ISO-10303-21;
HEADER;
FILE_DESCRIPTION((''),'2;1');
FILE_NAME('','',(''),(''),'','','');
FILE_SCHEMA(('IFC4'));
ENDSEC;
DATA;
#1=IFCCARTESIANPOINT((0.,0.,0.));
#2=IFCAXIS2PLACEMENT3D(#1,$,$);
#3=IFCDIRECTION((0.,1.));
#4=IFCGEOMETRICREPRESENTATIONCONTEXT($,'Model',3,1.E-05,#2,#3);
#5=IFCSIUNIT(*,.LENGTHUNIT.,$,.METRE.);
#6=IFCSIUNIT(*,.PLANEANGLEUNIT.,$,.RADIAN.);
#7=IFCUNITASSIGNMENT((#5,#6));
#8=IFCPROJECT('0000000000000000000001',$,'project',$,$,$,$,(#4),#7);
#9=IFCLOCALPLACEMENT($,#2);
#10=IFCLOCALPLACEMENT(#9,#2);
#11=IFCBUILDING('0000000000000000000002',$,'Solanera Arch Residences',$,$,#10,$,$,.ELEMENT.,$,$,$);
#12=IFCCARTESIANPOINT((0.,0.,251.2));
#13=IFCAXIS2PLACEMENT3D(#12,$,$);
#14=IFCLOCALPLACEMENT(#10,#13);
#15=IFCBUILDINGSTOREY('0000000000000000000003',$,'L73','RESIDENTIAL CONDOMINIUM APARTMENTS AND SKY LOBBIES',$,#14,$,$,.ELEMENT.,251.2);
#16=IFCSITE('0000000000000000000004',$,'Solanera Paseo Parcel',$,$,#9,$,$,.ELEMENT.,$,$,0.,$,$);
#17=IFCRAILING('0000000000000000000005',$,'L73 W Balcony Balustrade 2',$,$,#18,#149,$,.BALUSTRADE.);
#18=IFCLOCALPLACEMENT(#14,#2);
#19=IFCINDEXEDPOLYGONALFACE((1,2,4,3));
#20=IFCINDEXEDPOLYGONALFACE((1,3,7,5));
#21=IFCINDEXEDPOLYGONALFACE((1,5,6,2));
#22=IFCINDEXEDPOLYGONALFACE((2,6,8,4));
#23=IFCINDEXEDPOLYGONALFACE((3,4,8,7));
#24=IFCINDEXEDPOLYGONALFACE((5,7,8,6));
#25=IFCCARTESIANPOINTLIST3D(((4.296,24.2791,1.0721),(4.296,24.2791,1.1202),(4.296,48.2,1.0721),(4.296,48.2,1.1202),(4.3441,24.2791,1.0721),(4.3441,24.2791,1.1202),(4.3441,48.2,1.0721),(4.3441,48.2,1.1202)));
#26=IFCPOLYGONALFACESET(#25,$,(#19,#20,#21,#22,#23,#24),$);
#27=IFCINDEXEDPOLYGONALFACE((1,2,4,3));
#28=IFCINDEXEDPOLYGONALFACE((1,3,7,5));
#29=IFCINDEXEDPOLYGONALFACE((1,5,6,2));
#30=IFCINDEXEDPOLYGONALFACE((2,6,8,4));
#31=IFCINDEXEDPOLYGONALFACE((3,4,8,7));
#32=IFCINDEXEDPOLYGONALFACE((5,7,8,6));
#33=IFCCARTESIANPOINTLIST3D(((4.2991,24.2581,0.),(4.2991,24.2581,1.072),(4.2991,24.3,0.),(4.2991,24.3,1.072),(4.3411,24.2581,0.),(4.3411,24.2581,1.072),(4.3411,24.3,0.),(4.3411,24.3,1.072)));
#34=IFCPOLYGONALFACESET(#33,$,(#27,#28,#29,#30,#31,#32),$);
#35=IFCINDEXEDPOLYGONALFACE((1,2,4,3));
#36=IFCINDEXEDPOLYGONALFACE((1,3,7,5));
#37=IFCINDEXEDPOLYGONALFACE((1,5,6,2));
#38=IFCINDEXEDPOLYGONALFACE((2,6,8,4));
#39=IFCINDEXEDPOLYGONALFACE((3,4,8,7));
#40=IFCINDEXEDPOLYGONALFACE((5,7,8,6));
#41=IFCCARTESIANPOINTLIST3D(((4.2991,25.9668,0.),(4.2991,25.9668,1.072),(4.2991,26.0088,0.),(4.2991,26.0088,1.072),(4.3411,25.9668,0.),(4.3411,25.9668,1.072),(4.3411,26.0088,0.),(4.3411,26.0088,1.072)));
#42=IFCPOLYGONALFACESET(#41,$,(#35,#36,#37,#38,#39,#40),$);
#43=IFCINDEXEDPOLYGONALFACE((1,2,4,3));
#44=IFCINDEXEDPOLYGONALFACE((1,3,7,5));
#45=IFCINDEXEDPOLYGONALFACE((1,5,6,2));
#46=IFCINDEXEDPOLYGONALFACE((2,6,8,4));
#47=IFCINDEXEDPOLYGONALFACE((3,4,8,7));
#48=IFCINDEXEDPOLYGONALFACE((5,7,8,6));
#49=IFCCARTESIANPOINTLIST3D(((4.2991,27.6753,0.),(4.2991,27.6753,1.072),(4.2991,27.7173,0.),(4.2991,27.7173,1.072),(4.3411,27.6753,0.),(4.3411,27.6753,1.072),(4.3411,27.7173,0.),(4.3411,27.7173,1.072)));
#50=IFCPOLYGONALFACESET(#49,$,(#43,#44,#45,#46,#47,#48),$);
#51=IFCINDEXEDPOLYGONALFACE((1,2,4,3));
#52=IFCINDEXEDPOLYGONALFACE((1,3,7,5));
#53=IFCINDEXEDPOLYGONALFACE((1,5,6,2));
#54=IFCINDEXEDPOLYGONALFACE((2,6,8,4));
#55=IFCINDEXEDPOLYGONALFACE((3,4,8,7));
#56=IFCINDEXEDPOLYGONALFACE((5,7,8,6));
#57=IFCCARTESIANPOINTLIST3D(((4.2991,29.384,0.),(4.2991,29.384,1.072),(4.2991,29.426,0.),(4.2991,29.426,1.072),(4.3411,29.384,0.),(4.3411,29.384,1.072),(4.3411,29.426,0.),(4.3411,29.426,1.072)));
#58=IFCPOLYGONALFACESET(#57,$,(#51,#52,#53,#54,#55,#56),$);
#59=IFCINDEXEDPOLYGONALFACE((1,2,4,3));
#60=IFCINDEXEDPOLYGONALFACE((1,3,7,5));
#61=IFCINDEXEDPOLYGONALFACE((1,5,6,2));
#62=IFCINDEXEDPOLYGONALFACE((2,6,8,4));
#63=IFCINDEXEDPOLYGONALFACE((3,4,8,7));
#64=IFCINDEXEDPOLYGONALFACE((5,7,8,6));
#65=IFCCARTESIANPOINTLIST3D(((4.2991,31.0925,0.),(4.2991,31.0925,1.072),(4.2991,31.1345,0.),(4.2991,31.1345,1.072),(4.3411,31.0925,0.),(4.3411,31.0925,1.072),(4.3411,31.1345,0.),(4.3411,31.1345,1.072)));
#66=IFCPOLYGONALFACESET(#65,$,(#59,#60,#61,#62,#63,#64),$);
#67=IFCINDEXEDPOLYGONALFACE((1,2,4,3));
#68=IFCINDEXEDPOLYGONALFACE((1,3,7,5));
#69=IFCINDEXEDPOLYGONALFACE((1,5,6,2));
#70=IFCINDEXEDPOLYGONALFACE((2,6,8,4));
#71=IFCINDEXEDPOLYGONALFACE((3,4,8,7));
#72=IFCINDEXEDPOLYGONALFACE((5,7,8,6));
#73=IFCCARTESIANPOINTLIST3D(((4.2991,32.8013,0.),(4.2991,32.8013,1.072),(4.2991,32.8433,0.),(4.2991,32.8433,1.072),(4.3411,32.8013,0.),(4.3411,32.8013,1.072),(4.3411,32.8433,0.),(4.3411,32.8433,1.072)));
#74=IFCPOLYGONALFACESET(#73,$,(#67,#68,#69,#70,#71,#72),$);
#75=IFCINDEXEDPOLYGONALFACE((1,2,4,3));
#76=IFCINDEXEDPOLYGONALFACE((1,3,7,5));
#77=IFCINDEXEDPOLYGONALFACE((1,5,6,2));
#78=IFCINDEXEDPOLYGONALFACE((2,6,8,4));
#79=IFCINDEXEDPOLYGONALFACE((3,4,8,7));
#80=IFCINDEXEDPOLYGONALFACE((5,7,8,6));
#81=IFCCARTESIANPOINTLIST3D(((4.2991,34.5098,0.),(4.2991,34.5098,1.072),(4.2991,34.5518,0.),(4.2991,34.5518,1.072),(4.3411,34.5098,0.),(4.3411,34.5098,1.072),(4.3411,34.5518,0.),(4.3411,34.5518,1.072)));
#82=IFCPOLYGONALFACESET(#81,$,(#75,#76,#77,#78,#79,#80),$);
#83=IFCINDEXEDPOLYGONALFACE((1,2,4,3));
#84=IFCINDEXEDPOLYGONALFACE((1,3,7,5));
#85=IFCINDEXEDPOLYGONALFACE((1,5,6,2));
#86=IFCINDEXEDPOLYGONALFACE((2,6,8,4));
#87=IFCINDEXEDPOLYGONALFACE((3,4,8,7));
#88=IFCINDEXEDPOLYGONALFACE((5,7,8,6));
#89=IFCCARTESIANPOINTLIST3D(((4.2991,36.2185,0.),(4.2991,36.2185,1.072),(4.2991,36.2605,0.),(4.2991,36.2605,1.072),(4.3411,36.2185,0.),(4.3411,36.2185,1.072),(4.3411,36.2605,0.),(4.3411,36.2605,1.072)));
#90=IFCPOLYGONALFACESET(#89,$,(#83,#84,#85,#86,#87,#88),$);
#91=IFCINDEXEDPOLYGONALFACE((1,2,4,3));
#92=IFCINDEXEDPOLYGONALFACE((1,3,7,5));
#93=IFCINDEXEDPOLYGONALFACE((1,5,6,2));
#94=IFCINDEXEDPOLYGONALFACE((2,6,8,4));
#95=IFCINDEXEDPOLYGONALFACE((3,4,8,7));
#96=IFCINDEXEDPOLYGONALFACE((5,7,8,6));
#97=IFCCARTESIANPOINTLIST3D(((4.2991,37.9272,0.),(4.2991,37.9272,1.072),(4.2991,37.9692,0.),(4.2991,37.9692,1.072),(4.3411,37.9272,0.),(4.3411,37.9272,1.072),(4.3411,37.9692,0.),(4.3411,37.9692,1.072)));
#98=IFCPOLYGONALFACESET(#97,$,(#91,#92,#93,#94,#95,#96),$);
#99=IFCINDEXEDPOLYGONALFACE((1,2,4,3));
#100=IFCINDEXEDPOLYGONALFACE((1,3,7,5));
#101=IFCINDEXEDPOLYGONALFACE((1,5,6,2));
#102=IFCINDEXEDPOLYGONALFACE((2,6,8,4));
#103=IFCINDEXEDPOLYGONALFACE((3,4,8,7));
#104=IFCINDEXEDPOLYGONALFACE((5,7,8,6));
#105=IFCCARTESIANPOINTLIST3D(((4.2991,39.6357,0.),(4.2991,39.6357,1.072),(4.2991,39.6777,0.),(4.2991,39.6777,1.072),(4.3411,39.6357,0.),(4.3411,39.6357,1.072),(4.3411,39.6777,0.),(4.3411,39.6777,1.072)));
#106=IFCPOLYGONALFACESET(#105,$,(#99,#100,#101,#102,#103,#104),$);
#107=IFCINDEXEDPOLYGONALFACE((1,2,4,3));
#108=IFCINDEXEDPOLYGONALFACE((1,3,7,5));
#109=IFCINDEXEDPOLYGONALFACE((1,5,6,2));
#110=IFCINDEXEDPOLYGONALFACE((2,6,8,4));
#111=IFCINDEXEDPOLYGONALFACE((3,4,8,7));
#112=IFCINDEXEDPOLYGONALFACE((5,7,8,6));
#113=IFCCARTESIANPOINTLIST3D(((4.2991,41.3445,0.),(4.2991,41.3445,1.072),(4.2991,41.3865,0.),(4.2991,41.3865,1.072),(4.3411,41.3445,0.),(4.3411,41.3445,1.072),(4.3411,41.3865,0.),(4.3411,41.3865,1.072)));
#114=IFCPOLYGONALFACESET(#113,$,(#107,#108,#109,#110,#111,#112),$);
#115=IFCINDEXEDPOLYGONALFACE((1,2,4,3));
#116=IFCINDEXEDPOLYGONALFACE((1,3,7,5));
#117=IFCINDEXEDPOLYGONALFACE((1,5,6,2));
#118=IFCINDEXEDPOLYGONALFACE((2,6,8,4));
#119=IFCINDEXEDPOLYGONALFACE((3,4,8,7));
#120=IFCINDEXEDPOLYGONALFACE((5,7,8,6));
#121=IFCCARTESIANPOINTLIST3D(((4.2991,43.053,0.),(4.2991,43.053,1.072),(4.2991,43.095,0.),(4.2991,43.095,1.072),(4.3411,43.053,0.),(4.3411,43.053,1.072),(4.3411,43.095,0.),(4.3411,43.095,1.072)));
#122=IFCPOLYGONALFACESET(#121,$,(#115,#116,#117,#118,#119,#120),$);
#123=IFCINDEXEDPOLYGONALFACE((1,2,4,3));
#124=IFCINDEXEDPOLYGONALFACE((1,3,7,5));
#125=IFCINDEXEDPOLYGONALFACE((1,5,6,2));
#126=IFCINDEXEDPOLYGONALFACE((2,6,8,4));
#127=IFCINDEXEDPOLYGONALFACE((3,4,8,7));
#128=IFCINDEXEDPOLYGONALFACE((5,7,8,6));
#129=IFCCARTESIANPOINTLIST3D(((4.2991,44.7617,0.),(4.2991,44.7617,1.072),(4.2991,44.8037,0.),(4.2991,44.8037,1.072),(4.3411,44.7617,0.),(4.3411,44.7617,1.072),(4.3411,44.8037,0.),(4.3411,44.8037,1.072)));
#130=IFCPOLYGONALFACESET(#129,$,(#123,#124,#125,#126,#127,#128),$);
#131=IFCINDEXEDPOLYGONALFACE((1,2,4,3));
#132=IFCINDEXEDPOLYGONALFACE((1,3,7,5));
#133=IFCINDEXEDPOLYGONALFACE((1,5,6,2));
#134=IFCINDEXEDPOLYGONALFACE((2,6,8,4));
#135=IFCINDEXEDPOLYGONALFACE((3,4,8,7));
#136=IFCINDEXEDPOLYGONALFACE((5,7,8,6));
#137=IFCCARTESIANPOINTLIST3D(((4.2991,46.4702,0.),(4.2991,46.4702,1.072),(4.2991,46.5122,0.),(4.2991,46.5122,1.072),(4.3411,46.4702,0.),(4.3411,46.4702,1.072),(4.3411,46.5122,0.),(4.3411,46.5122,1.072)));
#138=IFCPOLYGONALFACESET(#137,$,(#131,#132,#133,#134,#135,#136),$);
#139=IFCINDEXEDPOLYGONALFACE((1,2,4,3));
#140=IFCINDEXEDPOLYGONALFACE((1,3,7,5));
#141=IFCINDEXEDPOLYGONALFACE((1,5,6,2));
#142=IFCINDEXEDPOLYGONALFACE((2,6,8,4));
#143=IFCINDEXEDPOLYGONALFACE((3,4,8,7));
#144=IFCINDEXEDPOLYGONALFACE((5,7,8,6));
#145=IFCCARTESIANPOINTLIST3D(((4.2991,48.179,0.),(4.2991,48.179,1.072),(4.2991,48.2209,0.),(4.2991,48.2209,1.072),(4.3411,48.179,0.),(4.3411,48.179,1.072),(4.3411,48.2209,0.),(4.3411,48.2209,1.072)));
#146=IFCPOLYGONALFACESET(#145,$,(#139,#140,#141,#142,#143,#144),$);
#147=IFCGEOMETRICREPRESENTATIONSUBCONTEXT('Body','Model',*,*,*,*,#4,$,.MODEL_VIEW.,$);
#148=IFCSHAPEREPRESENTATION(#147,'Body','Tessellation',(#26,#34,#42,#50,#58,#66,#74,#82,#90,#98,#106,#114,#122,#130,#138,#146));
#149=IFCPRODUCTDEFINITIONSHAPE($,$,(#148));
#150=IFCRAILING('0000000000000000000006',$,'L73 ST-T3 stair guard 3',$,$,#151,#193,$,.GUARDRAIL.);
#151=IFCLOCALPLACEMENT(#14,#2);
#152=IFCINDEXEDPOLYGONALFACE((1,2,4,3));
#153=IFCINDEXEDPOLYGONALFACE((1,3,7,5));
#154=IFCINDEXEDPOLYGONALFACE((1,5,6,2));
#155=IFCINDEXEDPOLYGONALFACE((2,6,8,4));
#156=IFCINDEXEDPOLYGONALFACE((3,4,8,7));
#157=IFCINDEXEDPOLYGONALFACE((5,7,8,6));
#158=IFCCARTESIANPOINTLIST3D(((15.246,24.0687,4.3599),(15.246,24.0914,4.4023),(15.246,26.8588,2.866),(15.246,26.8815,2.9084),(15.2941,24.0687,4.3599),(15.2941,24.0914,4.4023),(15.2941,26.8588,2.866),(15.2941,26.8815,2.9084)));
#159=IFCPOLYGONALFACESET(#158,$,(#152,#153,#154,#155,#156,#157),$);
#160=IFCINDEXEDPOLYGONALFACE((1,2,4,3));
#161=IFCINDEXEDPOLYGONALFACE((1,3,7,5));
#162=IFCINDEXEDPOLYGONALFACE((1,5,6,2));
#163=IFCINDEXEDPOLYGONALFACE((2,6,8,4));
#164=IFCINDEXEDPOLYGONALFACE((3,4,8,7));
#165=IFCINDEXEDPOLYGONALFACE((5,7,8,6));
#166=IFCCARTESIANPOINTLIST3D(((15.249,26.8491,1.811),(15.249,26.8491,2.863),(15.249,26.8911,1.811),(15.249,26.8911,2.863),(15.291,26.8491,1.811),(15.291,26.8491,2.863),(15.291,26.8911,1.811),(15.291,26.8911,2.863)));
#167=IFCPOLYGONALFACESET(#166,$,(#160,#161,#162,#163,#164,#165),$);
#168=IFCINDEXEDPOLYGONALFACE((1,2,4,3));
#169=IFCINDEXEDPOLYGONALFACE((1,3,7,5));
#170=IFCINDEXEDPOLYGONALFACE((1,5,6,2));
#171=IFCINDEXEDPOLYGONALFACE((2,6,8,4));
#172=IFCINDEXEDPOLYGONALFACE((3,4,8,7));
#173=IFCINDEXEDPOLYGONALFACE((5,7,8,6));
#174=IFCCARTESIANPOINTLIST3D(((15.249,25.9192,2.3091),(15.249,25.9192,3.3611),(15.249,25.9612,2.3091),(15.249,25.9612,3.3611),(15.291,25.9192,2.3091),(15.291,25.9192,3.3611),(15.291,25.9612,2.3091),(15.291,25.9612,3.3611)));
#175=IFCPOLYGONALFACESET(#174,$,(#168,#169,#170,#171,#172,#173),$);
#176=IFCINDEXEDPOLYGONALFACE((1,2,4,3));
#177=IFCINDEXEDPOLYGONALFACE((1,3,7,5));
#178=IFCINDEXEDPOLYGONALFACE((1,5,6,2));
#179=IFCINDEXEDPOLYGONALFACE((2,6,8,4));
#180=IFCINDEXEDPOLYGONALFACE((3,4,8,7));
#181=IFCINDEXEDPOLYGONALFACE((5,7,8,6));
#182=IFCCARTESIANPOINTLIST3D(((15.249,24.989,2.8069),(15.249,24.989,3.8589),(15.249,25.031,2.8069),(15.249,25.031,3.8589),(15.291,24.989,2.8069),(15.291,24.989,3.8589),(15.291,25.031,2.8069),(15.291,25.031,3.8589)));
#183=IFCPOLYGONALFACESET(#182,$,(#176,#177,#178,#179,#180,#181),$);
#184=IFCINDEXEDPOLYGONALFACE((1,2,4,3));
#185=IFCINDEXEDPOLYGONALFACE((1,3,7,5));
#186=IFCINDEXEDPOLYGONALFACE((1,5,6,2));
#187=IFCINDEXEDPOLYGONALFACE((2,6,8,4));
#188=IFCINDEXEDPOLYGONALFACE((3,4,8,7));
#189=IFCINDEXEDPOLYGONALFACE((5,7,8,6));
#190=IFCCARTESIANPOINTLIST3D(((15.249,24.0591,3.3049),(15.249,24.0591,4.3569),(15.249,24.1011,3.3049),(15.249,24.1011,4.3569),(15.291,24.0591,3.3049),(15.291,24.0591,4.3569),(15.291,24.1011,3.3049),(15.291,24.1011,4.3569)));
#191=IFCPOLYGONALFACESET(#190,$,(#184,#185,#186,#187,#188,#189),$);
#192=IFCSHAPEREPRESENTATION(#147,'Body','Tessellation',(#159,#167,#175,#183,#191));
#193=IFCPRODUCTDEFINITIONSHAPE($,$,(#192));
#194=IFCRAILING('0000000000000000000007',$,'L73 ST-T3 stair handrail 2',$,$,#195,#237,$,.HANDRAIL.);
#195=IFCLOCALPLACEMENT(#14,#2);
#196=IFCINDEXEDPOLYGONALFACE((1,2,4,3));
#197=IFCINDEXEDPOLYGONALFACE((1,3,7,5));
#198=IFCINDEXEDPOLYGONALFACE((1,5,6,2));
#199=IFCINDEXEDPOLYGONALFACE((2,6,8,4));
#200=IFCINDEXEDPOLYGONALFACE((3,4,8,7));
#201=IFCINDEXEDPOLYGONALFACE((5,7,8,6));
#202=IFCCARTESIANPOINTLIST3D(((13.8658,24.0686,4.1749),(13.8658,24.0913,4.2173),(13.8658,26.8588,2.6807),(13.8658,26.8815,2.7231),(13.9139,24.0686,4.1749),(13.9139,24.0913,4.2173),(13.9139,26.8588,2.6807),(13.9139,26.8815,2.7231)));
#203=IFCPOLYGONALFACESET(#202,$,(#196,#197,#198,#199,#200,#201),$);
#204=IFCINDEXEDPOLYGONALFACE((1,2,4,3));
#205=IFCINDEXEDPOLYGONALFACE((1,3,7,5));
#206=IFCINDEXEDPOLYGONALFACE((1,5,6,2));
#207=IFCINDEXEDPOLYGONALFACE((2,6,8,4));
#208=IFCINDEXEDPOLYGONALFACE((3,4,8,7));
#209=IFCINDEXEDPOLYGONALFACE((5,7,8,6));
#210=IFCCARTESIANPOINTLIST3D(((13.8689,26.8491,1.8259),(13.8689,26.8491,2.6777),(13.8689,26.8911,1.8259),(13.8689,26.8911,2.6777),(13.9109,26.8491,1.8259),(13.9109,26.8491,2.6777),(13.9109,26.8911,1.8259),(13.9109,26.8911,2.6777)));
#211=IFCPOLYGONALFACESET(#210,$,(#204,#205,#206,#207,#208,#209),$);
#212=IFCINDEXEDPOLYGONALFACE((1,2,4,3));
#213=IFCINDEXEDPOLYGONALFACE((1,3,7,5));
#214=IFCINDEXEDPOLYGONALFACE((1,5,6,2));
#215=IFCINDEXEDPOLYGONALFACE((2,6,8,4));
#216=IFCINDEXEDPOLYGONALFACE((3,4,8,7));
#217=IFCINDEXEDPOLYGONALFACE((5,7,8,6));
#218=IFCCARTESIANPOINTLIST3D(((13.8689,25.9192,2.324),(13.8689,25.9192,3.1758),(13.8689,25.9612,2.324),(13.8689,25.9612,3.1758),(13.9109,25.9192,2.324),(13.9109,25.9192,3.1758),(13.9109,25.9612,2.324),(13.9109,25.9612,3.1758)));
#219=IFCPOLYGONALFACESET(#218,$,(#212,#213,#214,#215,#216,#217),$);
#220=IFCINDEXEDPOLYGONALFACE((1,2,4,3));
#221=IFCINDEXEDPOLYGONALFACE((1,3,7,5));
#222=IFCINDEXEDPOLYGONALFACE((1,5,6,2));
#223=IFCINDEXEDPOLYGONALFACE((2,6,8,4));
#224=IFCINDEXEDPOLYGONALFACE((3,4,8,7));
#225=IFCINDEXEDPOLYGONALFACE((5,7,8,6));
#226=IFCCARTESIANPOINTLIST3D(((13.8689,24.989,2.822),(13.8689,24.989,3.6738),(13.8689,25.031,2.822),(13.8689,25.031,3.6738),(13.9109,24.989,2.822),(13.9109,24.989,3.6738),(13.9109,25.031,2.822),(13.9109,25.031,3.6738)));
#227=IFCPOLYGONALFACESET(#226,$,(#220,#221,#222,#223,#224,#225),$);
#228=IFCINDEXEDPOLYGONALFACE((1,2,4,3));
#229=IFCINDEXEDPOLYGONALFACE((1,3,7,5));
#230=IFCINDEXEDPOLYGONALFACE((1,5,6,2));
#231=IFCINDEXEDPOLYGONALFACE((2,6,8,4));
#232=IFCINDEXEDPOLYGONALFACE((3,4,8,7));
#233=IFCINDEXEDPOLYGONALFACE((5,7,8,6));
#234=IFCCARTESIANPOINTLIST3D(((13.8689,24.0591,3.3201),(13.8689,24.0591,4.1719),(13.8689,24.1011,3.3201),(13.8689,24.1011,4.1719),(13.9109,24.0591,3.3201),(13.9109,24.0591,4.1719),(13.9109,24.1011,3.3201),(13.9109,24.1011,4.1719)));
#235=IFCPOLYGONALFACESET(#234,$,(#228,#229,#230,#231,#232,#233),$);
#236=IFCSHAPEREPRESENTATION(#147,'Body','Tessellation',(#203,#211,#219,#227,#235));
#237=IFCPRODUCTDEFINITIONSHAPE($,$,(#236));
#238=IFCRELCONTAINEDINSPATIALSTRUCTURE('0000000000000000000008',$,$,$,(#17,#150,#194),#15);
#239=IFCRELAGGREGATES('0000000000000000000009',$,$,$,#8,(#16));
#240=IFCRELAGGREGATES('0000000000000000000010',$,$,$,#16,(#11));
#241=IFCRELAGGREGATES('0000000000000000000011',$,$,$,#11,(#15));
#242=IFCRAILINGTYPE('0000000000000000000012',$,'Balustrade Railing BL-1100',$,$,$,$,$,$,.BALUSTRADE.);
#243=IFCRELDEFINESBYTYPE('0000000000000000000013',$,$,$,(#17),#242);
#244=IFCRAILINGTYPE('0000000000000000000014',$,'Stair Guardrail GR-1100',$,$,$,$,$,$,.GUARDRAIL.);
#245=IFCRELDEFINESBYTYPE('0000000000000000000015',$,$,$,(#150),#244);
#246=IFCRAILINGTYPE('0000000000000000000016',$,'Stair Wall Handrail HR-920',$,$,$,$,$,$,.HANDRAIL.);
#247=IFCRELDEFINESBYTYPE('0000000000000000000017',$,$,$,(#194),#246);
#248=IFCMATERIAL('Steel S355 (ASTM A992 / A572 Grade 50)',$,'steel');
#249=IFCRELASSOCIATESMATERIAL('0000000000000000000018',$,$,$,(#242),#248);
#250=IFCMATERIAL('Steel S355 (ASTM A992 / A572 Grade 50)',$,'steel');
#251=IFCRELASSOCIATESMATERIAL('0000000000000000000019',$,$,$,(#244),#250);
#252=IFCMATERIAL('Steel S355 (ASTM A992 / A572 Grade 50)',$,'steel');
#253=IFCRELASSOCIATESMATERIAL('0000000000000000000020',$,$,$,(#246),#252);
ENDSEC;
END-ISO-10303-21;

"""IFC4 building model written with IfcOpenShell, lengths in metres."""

from ifc_helpers import new_model, si_unit, direction, frame, origin, origin_2d, place, context, subcontext, project, spatial, rectangle, extrude, material, type_object, element, save


model = new_model("IFC4")

# Units and contexts
model_context = context("Model", 3, precision=1e-05, world=origin(), true_north=direction((0.0, 1.0)))
body_context = subcontext(model_context, "Body", "Model", "MODEL_VIEW")
ifc_project = project(units=[si_unit("LENGTHUNIT", "METRE"), si_unit("PLANEANGLEUNIT", "RADIAN")], contexts=[model_context])

# Site, building, storey
site_placement = place(None, origin())
site = spatial("IfcSite", under=ifc_project, at=site_placement, Name="Solanera Paseo Parcel", CompositionType="ELEMENT", RefElevation=0.0)
building_placement = place(site_placement, origin())
building = spatial("IfcBuilding", under=site, at=building_placement, Name="Solanera Arch Residences", CompositionType="ELEMENT")
storey_placement = place(building_placement, frame((0.0, 0.0, 251.2)))
storey = spatial("IfcBuildingStorey", under=building, at=storey_placement, Name="L73", Description="RESIDENTIAL CONDOMINIUM APARTMENTS AND SKY LOBBIES", CompositionType="ELEMENT", Elevation=251.2)

# Railings
ifc_material_1 = material(Name="Steel S355 (ASTM A992 / A572 Grade 50)", Category="steel")
railing_type_1 = type_object("IfcRailingType", Name="Balustrade Railing BL-1100", PredefinedType="BALUSTRADE", material=ifc_material_1)
railing_1_placement = place(storey_placement, frame((4.3201, 24.2791, 0.0)))
element("IfcRailing", 1, at=railing_1_placement, inside=storey, type_object=railing_type_1, Name="L73 W Balcony Balustrade 2", PredefinedType="BALUSTRADE", context=body_context, shape_type="SweptSolid", body=[
    extrude(rectangle(XDim=0.0481, YDim=0.0481, at=origin_2d()), frame((0.0, 0.0, 1.0962), z_axis=(0.0, 1.0, 0.0), x_axis=(-1.0, 0.0, 0.0)), (0.0, 0.0, 1.0), 23.9209),
    extrude(rectangle(XDim=0.042, YDim=0.042, at=origin_2d()), origin(), (0.0, 0.0, 1.0), 1.072),
    extrude(rectangle(XDim=0.042, YDim=0.042, at=origin_2d()), frame((0.0, 1.7087, 0.0)), (0.0, 0.0, 1.0), 1.072),
    extrude(rectangle(XDim=0.042, YDim=0.042, at=origin_2d()), frame((0.0, 3.4172, 0.0)), (0.0, 0.0, 1.0), 1.072),
    extrude(rectangle(XDim=0.042, YDim=0.042, at=origin_2d()), frame((0.0, 5.126, 0.0)), (0.0, 0.0, 1.0), 1.072),
    extrude(rectangle(XDim=0.042, YDim=0.042, at=origin_2d()), frame((0.0, 6.8345, 0.0)), (0.0, 0.0, 1.0), 1.072),
    extrude(rectangle(XDim=0.042, YDim=0.042, at=origin_2d()), frame((0.0, 8.5432, 0.0)), (0.0, 0.0, 1.0), 1.072),
    extrude(rectangle(XDim=0.042, YDim=0.042, at=origin_2d()), frame((0.0, 10.2517, 0.0)), (0.0, 0.0, 1.0), 1.072),
    extrude(rectangle(XDim=0.042, YDim=0.042, at=origin_2d()), frame((0.0, 11.9604, 0.0)), (0.0, 0.0, 1.0), 1.072),
    extrude(rectangle(XDim=0.042, YDim=0.042, at=origin_2d()), frame((0.0, 13.6692, 0.0)), (0.0, 0.0, 1.0), 1.072),
    extrude(rectangle(XDim=0.042, YDim=0.042, at=origin_2d()), frame((0.0, 15.3777, 0.0)), (0.0, 0.0, 1.0), 1.072),
    extrude(rectangle(XDim=0.042, YDim=0.042, at=origin_2d()), frame((0.0, 17.0864, 0.0)), (0.0, 0.0, 1.0), 1.072),
    extrude(rectangle(XDim=0.042, YDim=0.042, at=origin_2d()), frame((0.0, 18.7949, 0.0)), (0.0, 0.0, 1.0), 1.072),
    extrude(rectangle(XDim=0.042, YDim=0.042, at=origin_2d()), frame((0.0, 20.5037, 0.0)), (0.0, 0.0, 1.0), 1.072),
    extrude(rectangle(XDim=0.042, YDim=0.042, at=origin_2d()), frame((0.0, 22.2122, 0.0)), (0.0, 0.0, 1.0), 1.072),
    extrude(rectangle(XDim=0.042, YDim=0.042, at=origin_2d()), frame((0.0, 23.9209, 0.0)), (0.0, 0.0, 1.0), 1.072),
])
ifc_material_2 = material(Name="Steel S355 (ASTM A992 / A572 Grade 50)", Category="steel")
railing_type_2 = type_object("IfcRailingType", Name="Stair Guardrail GR-1100", PredefinedType="GUARDRAIL", material=ifc_material_2)
railing_2_placement = place(storey_placement, frame((15.27, 26.8701, 1.811)))
element("IfcRailing", 2, at=railing_2_placement, inside=storey, type_object=railing_type_2, Name="L73 ST-T3 stair guard 3", PredefinedType="GUARDRAIL", context=body_context, shape_type="SweptSolid", body=[
    extrude(rectangle(XDim=0.0481, YDim=0.0481, at=origin_2d()), frame((0.0, 0.0, 1.0762), z_axis=(0.0, -0.881581, 0.472033), x_axis=(1.0, 0.0, 0.0)), (0.0, 0.0, 1.0), 3.1648),
    extrude(rectangle(XDim=0.042, YDim=0.042, at=origin_2d()), origin(), (0.0, 0.0, 1.0), 1.052),
    extrude(rectangle(XDim=0.042, YDim=0.042, at=origin_2d()), frame((0.0, -0.9299, 0.498)), (0.0, 0.0, 1.0), 1.052),
    extrude(rectangle(XDim=0.042, YDim=0.042, at=origin_2d()), frame((0.0, -1.8601, 0.9958)), (0.0, 0.0, 1.0), 1.052),
    extrude(rectangle(XDim=0.042, YDim=0.042, at=origin_2d()), frame((0.0, -2.79, 1.4939)), (0.0, 0.0, 1.0), 1.052),
])
ifc_material_3 = material(Name="Steel S355 (ASTM A992 / A572 Grade 50)", Category="steel")
railing_type_3 = type_object("IfcRailingType", Name="Stair Wall Handrail HR-920", PredefinedType="HANDRAIL", material=ifc_material_3)
railing_3_placement = place(storey_placement, frame((13.8899, 26.8701, 1.8259)))
element("IfcRailing", 3, at=railing_3_placement, inside=storey, type_object=railing_type_3, Name="L73 ST-T3 stair handrail 2", PredefinedType="HANDRAIL", context=body_context, shape_type="SweptSolid", body=[
    extrude(rectangle(XDim=0.0481, YDim=0.0481, at=origin_2d()), frame((0.0, 0.0, 0.876), z_axis=(0.0, -0.881549, 0.472093), x_axis=(1.0, 0.0, 0.0)), (0.0, 0.0, 1.0), 3.165),
    extrude(rectangle(XDim=0.042, YDim=0.042, at=origin_2d()), origin(), (0.0, 0.0, 1.0), 0.8518),
    extrude(rectangle(XDim=0.042, YDim=0.042, at=origin_2d()), frame((0.0, -0.9299, 0.498)), (0.0, 0.0, 1.0), 0.8518),
    extrude(rectangle(XDim=0.042, YDim=0.042, at=origin_2d()), frame((0.0, -1.8601, 0.9961)), (0.0, 0.0, 1.0), 0.8518),
    extrude(rectangle(XDim=0.042, YDim=0.042, at=origin_2d()), frame((0.0, -2.79, 1.4941)), (0.0, 0.0, 1.0), 0.8518),
])

save(model, "model.ifc")
